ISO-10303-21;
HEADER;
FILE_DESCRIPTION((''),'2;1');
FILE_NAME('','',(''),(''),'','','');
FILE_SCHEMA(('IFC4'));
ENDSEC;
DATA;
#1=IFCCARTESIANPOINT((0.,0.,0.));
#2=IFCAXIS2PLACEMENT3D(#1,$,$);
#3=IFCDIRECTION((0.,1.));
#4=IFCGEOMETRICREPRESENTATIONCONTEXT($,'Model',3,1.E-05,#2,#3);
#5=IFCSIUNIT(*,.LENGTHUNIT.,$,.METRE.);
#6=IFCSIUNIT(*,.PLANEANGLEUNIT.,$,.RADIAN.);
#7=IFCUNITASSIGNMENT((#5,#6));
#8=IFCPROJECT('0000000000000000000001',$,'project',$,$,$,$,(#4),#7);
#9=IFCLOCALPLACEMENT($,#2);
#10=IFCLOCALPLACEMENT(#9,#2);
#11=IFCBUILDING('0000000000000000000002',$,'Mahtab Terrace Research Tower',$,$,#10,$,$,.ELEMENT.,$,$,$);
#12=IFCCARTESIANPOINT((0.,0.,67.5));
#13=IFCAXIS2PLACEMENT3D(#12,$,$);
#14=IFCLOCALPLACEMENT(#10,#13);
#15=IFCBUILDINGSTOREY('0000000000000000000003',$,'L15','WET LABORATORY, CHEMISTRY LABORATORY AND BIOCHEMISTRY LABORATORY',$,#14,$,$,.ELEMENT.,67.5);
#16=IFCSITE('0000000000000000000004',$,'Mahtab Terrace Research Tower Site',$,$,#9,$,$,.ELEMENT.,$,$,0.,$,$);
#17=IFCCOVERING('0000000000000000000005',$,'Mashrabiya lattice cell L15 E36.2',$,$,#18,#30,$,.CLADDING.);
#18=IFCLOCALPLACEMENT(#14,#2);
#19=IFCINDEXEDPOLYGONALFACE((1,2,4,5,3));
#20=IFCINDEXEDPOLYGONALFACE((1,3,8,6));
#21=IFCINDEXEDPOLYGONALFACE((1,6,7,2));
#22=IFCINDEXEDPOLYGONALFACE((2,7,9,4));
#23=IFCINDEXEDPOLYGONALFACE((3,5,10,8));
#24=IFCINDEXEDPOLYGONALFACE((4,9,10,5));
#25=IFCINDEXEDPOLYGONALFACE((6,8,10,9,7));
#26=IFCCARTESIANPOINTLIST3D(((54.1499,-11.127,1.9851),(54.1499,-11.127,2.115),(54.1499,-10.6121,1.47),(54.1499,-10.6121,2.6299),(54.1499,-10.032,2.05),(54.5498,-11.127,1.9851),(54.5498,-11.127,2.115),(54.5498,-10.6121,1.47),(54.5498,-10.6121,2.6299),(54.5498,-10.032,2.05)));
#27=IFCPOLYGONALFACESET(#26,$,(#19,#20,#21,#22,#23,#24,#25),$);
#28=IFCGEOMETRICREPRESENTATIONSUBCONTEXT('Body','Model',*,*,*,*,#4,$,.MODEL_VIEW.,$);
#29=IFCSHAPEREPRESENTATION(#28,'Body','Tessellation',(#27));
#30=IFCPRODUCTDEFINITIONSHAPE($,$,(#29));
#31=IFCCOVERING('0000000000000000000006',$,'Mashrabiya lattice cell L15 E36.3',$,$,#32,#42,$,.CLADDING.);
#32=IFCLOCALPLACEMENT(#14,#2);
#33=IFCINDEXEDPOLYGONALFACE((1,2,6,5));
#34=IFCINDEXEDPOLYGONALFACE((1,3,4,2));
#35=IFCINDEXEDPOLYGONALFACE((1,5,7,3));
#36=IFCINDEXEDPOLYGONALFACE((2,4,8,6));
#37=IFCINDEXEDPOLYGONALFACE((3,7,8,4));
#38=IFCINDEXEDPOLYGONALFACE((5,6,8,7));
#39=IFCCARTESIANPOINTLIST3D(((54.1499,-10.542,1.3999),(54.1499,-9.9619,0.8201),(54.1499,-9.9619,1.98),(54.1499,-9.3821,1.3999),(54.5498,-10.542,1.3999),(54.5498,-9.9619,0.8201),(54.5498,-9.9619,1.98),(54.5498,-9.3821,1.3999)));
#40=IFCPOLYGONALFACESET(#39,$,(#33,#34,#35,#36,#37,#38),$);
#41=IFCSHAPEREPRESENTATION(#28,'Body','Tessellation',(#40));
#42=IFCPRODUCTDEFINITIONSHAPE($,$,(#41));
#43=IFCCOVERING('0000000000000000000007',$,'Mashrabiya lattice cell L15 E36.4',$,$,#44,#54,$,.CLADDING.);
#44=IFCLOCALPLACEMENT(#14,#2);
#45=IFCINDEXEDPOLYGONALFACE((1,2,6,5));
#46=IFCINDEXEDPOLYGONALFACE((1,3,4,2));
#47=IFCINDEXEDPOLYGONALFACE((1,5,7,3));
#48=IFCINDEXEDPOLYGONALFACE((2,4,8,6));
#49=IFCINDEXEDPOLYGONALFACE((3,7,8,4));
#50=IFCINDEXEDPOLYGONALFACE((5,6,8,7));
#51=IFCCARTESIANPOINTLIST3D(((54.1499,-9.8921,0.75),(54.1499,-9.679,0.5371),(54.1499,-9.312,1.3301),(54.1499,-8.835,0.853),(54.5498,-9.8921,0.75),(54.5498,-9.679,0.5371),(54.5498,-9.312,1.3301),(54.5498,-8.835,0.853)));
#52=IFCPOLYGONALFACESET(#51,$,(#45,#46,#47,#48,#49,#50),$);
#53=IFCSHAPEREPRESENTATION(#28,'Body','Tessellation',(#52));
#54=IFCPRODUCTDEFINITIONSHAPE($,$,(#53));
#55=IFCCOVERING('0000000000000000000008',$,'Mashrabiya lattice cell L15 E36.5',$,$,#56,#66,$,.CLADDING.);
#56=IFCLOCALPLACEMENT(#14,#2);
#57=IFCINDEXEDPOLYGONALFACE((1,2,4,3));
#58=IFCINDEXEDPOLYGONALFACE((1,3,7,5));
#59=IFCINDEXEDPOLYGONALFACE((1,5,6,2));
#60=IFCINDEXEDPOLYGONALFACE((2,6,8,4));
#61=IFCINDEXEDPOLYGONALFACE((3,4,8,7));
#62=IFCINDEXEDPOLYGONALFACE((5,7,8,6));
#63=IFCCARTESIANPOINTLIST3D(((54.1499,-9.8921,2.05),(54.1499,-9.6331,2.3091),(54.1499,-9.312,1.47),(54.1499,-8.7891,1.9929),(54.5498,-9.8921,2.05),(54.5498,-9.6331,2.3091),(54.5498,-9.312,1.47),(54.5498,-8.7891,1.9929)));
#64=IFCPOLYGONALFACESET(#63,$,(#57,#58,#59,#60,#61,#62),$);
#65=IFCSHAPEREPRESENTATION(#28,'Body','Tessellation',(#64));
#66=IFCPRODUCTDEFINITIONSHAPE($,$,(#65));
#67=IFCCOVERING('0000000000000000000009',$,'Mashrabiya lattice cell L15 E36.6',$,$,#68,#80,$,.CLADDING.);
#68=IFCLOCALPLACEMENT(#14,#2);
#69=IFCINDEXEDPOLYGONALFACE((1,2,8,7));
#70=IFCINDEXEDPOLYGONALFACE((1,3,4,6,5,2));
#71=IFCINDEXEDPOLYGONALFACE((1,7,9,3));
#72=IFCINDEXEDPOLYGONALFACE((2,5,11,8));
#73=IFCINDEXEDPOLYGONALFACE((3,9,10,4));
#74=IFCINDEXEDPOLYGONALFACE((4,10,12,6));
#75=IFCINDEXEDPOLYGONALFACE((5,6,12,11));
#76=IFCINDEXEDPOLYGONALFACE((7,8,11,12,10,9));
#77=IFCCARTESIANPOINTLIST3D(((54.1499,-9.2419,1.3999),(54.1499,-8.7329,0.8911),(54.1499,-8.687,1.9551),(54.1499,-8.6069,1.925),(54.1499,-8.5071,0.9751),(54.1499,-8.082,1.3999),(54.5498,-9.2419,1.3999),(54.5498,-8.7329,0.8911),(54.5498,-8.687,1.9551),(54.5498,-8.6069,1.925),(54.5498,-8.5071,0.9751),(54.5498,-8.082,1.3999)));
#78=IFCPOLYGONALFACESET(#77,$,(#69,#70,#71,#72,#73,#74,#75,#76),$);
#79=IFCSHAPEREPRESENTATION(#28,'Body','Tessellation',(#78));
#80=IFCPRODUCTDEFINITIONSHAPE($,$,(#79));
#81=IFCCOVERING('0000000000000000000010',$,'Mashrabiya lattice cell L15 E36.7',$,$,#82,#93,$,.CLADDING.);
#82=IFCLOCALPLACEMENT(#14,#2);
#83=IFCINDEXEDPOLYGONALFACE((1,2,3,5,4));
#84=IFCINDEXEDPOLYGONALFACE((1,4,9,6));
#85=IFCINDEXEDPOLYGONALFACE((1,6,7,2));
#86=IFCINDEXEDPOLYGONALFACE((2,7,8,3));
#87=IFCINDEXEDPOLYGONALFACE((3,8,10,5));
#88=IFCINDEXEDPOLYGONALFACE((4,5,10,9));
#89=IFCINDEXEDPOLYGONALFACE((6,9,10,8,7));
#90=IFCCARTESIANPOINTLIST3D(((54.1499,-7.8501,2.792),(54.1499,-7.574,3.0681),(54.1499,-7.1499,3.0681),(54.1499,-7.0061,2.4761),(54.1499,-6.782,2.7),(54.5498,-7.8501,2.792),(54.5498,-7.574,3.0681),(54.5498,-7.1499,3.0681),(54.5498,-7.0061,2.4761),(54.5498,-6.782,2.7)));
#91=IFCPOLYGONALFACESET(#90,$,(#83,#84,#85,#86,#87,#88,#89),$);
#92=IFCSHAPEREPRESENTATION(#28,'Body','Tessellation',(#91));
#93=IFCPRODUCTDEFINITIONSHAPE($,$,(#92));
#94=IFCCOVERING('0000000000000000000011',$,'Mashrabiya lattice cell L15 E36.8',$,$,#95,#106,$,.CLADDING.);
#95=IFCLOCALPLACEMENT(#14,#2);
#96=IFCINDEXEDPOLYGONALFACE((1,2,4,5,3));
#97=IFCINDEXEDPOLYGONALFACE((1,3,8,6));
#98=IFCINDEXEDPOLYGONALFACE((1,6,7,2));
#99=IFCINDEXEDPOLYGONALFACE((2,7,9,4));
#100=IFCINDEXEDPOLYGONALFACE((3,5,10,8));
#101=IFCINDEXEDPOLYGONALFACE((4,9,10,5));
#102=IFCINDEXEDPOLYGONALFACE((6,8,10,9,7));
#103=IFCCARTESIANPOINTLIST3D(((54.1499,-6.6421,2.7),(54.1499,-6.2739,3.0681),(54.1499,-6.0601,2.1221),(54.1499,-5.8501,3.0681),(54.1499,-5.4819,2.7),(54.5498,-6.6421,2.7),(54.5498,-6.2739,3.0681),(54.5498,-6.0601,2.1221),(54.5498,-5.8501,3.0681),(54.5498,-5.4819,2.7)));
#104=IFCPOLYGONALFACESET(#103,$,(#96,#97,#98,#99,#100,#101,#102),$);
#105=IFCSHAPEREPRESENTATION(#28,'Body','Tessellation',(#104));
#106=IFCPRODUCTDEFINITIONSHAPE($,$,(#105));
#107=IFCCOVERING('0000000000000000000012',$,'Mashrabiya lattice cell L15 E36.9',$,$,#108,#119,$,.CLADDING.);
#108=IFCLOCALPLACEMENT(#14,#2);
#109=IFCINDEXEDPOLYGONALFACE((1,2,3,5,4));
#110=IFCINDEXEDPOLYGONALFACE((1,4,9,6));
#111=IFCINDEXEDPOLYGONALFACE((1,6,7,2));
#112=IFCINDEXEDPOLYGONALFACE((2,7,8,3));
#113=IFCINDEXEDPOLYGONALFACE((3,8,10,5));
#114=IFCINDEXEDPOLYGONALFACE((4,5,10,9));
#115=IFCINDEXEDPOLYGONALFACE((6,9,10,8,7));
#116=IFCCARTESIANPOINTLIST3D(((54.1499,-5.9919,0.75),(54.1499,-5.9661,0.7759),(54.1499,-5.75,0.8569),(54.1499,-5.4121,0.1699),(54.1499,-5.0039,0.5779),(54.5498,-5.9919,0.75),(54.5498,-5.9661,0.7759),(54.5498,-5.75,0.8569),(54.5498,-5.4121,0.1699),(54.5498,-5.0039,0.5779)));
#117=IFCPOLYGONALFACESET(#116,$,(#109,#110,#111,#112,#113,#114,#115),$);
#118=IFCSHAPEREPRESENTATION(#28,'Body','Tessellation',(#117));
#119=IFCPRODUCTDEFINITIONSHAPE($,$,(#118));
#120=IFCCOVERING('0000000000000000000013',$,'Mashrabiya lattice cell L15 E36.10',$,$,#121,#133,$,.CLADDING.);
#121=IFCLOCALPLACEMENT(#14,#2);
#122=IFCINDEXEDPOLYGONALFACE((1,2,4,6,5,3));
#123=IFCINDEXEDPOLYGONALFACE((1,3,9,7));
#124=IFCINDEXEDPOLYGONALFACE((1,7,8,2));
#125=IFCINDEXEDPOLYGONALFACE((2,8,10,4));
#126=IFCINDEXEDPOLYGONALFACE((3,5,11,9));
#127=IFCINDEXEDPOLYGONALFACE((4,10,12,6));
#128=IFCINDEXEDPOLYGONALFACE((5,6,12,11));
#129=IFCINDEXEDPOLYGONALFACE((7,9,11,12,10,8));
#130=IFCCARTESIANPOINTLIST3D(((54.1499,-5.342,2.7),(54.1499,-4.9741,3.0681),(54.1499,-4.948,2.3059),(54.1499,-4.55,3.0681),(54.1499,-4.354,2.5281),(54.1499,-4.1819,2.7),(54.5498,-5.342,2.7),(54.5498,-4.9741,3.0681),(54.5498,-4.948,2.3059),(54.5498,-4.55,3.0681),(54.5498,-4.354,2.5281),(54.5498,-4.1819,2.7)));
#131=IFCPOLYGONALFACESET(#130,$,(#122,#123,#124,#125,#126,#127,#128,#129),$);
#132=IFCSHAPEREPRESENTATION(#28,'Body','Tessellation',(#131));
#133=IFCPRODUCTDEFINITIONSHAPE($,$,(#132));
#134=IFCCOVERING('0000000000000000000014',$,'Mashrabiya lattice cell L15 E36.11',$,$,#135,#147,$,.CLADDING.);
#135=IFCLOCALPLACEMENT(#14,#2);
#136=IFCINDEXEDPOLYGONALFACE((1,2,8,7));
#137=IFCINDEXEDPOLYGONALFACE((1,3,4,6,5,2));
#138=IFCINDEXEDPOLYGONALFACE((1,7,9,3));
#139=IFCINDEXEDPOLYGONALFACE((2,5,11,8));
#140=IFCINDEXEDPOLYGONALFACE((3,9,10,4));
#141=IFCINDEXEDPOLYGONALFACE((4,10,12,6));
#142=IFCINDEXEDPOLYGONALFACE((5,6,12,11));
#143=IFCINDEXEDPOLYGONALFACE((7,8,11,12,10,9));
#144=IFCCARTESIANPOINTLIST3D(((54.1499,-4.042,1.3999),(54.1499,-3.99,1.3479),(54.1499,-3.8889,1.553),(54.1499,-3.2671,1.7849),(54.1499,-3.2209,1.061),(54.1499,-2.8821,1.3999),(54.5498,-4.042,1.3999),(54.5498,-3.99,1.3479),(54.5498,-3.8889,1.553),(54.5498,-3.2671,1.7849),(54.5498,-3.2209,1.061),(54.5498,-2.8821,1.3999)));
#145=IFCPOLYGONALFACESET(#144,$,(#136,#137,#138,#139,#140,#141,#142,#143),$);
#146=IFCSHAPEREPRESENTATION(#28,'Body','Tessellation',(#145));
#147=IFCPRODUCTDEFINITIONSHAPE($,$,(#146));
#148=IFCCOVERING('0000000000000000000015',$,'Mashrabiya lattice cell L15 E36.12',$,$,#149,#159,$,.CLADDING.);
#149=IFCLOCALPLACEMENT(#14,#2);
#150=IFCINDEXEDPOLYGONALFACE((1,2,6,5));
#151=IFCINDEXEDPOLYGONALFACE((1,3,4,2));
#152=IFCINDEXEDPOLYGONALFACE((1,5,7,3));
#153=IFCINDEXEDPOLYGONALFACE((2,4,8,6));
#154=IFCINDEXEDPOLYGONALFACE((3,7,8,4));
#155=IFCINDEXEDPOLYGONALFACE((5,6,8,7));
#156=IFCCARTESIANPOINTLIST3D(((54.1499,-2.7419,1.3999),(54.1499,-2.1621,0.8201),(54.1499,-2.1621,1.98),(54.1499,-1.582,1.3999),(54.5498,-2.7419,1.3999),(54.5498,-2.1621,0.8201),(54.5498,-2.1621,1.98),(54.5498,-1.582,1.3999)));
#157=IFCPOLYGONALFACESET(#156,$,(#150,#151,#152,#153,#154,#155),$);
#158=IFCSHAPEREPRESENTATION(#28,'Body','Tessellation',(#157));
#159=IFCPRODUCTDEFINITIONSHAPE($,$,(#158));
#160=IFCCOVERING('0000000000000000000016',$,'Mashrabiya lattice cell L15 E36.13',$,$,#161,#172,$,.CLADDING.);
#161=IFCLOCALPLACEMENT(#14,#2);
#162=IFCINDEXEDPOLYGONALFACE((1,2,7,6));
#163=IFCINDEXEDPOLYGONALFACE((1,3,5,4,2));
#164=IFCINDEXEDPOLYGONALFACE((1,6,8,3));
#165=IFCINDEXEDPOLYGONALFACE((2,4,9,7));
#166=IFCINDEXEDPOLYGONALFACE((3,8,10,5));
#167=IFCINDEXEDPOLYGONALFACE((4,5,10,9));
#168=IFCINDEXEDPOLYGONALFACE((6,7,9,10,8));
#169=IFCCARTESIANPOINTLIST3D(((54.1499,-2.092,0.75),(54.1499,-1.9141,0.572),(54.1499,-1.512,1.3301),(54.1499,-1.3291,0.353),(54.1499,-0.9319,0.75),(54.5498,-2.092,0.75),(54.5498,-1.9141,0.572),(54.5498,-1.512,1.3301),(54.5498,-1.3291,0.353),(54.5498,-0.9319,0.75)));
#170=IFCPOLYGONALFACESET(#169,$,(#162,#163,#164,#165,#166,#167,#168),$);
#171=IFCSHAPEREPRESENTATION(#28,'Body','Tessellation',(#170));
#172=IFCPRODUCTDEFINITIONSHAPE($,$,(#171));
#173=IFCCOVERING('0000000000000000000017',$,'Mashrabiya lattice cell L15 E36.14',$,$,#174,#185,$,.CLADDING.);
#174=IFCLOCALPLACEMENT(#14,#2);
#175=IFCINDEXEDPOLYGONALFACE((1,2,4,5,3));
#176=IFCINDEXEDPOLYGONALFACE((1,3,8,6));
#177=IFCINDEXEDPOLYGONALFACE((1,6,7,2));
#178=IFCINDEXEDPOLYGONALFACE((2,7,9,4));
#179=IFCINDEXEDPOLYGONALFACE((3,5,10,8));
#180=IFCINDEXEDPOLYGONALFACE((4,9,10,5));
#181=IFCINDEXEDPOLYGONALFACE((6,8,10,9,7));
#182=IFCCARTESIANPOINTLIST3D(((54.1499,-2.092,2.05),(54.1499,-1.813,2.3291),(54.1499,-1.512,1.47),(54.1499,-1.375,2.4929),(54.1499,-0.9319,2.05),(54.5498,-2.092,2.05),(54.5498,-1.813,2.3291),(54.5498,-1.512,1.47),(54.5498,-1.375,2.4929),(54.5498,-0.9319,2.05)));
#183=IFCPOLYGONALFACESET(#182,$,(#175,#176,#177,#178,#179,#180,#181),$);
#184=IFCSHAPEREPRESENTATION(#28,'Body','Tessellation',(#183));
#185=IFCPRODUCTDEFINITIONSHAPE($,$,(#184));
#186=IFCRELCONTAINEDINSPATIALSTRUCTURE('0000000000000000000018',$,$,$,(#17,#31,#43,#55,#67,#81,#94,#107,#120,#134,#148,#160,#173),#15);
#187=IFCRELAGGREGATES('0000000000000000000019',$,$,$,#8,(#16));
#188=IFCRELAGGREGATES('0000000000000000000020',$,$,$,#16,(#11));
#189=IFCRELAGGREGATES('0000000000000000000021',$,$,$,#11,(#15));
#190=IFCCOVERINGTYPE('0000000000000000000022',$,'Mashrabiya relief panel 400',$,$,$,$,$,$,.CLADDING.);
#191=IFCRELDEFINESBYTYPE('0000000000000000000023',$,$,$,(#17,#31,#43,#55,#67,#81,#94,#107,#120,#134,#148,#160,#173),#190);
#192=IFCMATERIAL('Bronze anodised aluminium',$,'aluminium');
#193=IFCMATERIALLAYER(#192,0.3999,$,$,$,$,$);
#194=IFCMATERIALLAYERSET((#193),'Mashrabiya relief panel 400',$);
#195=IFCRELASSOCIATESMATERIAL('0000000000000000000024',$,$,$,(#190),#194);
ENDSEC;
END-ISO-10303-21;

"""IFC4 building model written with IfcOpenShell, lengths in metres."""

from ifc_helpers import new_model, si_unit, direction, frame, origin, place, context, subcontext, project, spatial, polyline, outline, extrude, material, layer, layer_set, type_object, element, save


model = new_model("IFC4")

# Units and contexts
model_context = context("Model", 3, precision=1e-05, world=origin(), true_north=direction((0.0, 1.0)))
body_context = subcontext(model_context, "Body", "Model", "MODEL_VIEW")
ifc_project = project(units=[si_unit("LENGTHUNIT", "METRE"), si_unit("PLANEANGLEUNIT", "RADIAN")], contexts=[model_context])

# Site, building, storey
site_placement = place(None, origin())
site = spatial("IfcSite", under=ifc_project, at=site_placement, Name="Mahtab Terrace Research Tower Site", CompositionType="ELEMENT", RefElevation=0.0)
building_placement = place(site_placement, origin())
building = spatial("IfcBuilding", under=site, at=building_placement, Name="Mahtab Terrace Research Tower", CompositionType="ELEMENT")
storey_placement = place(building_placement, frame((0.0, 0.0, 67.5)))
storey = spatial("IfcBuildingStorey", under=building, at=storey_placement, Name="L15", Description="WET LABORATORY, CHEMISTRY LABORATORY AND BIOCHEMISTRY LABORATORY", CompositionType="ELEMENT", Elevation=67.5)

# Coverings
ifc_material_1 = material(Name="Bronze anodised aluminium", Category="aluminium")
ifc_layer_1 = layer(ifc_material_1, 0.3999)
ifc_layer_set_1 = layer_set([ifc_layer_1], Name="Mashrabiya relief panel 400")
covering_type = type_object("IfcCoveringType", Name="Mashrabiya relief panel 400", PredefinedType="CLADDING", material=ifc_layer_set_1)
covering_1_placement = place(storey_placement, frame((54.1499, -10.6121, 2.6299), z_axis=(-1.0, 0.0, 0.0), x_axis=(0.0, 0.707256, -0.706958)))
element("IfcCovering", 1, at=covering_1_placement, inside=storey, type_object=covering_type, Name="Mashrabiya lattice cell L15 E36.2", PredefinedType="CLADDING", context=body_context, shape_type="SweptSolid", body=[
    extrude(outline(polyline([(0.0, 0.0), (0.8202, 0.0), (0.82, 0.8204), (0.0917, 0.82), (-0.0002, 0.7282), (0.0, 0.0)])), origin(), (0.0, 0.0, -1.0), 0.3999),
])
covering_2_placement = place(storey_placement, frame((54.1499, -9.9619, 1.98), z_axis=(-1.0, 0.0, 0.0), x_axis=(0.0, 0.706958, -0.707256)))
element("IfcCovering", 2, at=covering_2_placement, inside=storey, type_object=covering_type, Name="Mashrabiya lattice cell L15 E36.3", PredefinedType="CLADDING", context=body_context, shape_type="SweptSolid", body=[
    extrude(outline(polyline([(0.0, 0.0), (0.8202, 0.0), (0.8204, 0.82), (0.0002, 0.8204), (0.0, 0.0)])), origin(), (0.0, 0.0, -1.0), 0.3999),
])
covering_3_placement = place(storey_placement, frame((54.1499, -9.8921, 0.75), z_axis=(-1.0, 0.0, 0.0), x_axis=(0.0, 0.707107, 0.707107)))
element("IfcCovering", 3, at=covering_3_placement, inside=storey, type_object=covering_type, Name="Mashrabiya lattice cell L15 E36.4", PredefinedType="CLADDING", context=body_context, shape_type="SweptSolid", body=[
    extrude(outline(polyline([(0.0, 0.0), (0.8204, 0.0), (0.8204, 0.6747), (0.0002, 0.3012), (0.0, 0.0)])), origin(), (0.0, 0.0, -1.0), 0.3999),
])
covering_4_placement = place(storey_placement, frame((54.1499, -9.312, 1.47), z_axis=(-1.0, 0.0, 0.0), x_axis=(0.0, -0.707107, 0.707107)))
element("IfcCovering", 4, at=covering_4_placement, inside=storey, type_object=covering_type, Name="Mashrabiya lattice cell L15 E36.5", PredefinedType="CLADDING", context=body_context, shape_type="SweptSolid", body=[
    extrude(outline(polyline([(0.0, 0.0), (0.8204, 0.0), (0.8204, 0.3663), (0.0, 0.7396), (0.0, 0.0)])), origin(), (0.0, 0.0, -1.0), 0.3999),
])
covering_5_placement = place(storey_placement, frame((54.1499, -9.2419, 1.3999), z_axis=(-1.0, 0.0, 0.0), x_axis=(0.0, 0.706951, 0.707262)))
element("IfcCovering", 5, at=covering_5_placement, inside=storey, type_object=covering_type, Name="Mashrabiya lattice cell L15 E36.6", PredefinedType="CLADDING", context=body_context, shape_type="SweptSolid", body=[
    extrude(outline(polyline([(0.0, 0.0), (0.785, 0.0), (0.8203, 0.0779), (0.82, 0.8204), (0.2191, 0.8201), (0.0, 0.7197), (0.0, 0.0)])), origin(), (0.0, 0.0, -1.0), 0.3999),
])
covering_6_placement = place(storey_placement, frame((54.1499, -6.782, 2.7), z_axis=(-1.0, 0.0, 0.0), x_axis=(0.0, -0.707492, -0.706721)))
element("IfcCovering", 6, at=covering_6_placement, inside=storey, type_object=covering_type, Name="Mashrabiya lattice cell L15 E36.7", PredefinedType="CLADDING", context=body_context, shape_type="SweptSolid", body=[
    extrude(outline(polyline([(0.0, 0.0), (0.3168, 0.0), (0.6906, 0.82), (0.3001, 0.8202), (0.0001, 0.5205), (0.0, 0.0)])), origin(), (0.0, 0.0, -1.0), 0.3999),
])
covering_7_placement = place(storey_placement, frame((54.1499, -6.6421, 2.7), z_axis=(-1.0, 0.0, 0.0), x_axis=(0.0, 0.707107, 0.707107)))
element("IfcCovering", 7, at=covering_7_placement, inside=storey, type_object=covering_type, Name="Mashrabiya lattice cell L15 E36.8", PredefinedType="CLADDING", context=body_context, shape_type="SweptSolid", body=[
    extrude(outline(polyline([(0.0, 0.0), (0.5207, 0.0), (0.8204, 0.2997), (0.8204, 0.8204), (0.0029, 0.8202), (0.0, 0.0)])), origin(), (0.0, 0.0, -1.0), 0.3999),
])
covering_8_placement = place(storey_placement, frame((54.1499, -5.4121, 0.1699), z_axis=(-1.0, 0.0, 0.0), x_axis=(0.0, -0.706958, 0.707256)))
element("IfcCovering", 8, at=covering_8_placement, inside=storey, type_object=covering_type, Name="Mashrabiya lattice cell L15 E36.9", PredefinedType="CLADDING", context=body_context, shape_type="SweptSolid", body=[
    extrude(outline(polyline([(0.0, 0.0), (0.8202, 0.0), (0.8202, 0.0366), (0.7248, 0.2467), (-0.0001, 0.5771), (0.0, 0.0)])), origin(), (0.0, 0.0, -1.0), 0.3999),
])
covering_9_placement = place(storey_placement, frame((54.1499, -5.342, 2.7), z_axis=(-1.0, 0.0, 0.0), x_axis=(0.0, 0.706872, 0.707341)))
element("IfcCovering", 9, at=covering_9_placement, inside=storey, type_object=covering_type, Name="Mashrabiya lattice cell L15 E36.10", PredefinedType="CLADDING", context=body_context, shape_type="SweptSolid", body=[
    extrude(outline(polyline([(0.0, 0.0), (0.5205, 0.0), (0.8203, 0.3), (0.8201, 0.8206), (0.5768, 0.8204), (-0.0002, 0.5573), (0.0, 0.0)])), origin(), (0.0, 0.0, -1.0), 0.3999),
])
covering_10_placement = place(storey_placement, frame((54.1499, -4.042, 1.3999), z_axis=(-1.0, 0.0, 0.0), x_axis=(0.0, 0.707107, 0.707107)))
element("IfcCovering", 10, at=covering_10_placement, inside=storey, type_object=covering_type, Name="Mashrabiya lattice cell L15 E36.11", PredefinedType="CLADDING", context=body_context, shape_type="SweptSolid", body=[
    extrude(outline(polyline([(0.0, 0.0), (0.2165, 0.0), (0.8202, 0.2757), (0.8202, 0.8202), (0.341, 0.8202), (0.0, 0.0735), (0.0, 0.0)])), origin(), (0.0, 0.0, -1.0), 0.3999),
])
covering_11_placement = place(storey_placement, frame((54.1499, -2.1621, 1.98), z_axis=(-1.0, 0.0, 0.0), x_axis=(0.0, 0.707107, -0.707107)))
element("IfcCovering", 11, at=covering_11_placement, inside=storey, type_object=covering_type, Name="Mashrabiya lattice cell L15 E36.12", PredefinedType="CLADDING", context=body_context, shape_type="SweptSolid", body=[
    extrude(outline(polyline([(0.0, 0.0), (0.8204, 0.0), (0.8202, 0.8202), (0.0002, 0.8202), (0.0, 0.0)])), origin(), (0.0, 0.0, -1.0), 0.3999),
])
covering_12_placement = place(storey_placement, frame((54.1499, -2.092, 0.75), z_axis=(-1.0, 0.0, 0.0), x_axis=(0.0, 0.707107, 0.707107)))
element("IfcCovering", 12, at=covering_12_placement, inside=storey, type_object=covering_type, Name="Mashrabiya lattice cell L15 E36.13", PredefinedType="CLADDING", context=body_context, shape_type="SweptSolid", body=[
    extrude(outline(polyline([(0.0, 0.0), (0.8204, 0.0), (0.8204, 0.8204), (0.2588, 0.8202), (0.0, 0.2517), (0.0, 0.0)])), origin(), (0.0, 0.0, -1.0), 0.3999),
])
covering_13_placement = place(storey_placement, frame((54.1499, -0.9319, 2.05), z_axis=(-1.0, 0.0, 0.0), x_axis=(0.0, -0.707107, -0.707107)))
element("IfcCovering", 13, at=covering_13_placement, inside=storey, type_object=covering_type, Name="Mashrabiya lattice cell L15 E36.14", PredefinedType="CLADDING", context=body_context, shape_type="SweptSolid", body=[
    extrude(outline(polyline([(0.0, 0.0), (0.8204, 0.0), (0.8204, 0.8204), (0.4257, 0.8204), (0.0002, 0.6265), (0.0, 0.0)])), origin(), (0.0, 0.0, -1.0), 0.3999),
])

save(model, "model.ifc")
